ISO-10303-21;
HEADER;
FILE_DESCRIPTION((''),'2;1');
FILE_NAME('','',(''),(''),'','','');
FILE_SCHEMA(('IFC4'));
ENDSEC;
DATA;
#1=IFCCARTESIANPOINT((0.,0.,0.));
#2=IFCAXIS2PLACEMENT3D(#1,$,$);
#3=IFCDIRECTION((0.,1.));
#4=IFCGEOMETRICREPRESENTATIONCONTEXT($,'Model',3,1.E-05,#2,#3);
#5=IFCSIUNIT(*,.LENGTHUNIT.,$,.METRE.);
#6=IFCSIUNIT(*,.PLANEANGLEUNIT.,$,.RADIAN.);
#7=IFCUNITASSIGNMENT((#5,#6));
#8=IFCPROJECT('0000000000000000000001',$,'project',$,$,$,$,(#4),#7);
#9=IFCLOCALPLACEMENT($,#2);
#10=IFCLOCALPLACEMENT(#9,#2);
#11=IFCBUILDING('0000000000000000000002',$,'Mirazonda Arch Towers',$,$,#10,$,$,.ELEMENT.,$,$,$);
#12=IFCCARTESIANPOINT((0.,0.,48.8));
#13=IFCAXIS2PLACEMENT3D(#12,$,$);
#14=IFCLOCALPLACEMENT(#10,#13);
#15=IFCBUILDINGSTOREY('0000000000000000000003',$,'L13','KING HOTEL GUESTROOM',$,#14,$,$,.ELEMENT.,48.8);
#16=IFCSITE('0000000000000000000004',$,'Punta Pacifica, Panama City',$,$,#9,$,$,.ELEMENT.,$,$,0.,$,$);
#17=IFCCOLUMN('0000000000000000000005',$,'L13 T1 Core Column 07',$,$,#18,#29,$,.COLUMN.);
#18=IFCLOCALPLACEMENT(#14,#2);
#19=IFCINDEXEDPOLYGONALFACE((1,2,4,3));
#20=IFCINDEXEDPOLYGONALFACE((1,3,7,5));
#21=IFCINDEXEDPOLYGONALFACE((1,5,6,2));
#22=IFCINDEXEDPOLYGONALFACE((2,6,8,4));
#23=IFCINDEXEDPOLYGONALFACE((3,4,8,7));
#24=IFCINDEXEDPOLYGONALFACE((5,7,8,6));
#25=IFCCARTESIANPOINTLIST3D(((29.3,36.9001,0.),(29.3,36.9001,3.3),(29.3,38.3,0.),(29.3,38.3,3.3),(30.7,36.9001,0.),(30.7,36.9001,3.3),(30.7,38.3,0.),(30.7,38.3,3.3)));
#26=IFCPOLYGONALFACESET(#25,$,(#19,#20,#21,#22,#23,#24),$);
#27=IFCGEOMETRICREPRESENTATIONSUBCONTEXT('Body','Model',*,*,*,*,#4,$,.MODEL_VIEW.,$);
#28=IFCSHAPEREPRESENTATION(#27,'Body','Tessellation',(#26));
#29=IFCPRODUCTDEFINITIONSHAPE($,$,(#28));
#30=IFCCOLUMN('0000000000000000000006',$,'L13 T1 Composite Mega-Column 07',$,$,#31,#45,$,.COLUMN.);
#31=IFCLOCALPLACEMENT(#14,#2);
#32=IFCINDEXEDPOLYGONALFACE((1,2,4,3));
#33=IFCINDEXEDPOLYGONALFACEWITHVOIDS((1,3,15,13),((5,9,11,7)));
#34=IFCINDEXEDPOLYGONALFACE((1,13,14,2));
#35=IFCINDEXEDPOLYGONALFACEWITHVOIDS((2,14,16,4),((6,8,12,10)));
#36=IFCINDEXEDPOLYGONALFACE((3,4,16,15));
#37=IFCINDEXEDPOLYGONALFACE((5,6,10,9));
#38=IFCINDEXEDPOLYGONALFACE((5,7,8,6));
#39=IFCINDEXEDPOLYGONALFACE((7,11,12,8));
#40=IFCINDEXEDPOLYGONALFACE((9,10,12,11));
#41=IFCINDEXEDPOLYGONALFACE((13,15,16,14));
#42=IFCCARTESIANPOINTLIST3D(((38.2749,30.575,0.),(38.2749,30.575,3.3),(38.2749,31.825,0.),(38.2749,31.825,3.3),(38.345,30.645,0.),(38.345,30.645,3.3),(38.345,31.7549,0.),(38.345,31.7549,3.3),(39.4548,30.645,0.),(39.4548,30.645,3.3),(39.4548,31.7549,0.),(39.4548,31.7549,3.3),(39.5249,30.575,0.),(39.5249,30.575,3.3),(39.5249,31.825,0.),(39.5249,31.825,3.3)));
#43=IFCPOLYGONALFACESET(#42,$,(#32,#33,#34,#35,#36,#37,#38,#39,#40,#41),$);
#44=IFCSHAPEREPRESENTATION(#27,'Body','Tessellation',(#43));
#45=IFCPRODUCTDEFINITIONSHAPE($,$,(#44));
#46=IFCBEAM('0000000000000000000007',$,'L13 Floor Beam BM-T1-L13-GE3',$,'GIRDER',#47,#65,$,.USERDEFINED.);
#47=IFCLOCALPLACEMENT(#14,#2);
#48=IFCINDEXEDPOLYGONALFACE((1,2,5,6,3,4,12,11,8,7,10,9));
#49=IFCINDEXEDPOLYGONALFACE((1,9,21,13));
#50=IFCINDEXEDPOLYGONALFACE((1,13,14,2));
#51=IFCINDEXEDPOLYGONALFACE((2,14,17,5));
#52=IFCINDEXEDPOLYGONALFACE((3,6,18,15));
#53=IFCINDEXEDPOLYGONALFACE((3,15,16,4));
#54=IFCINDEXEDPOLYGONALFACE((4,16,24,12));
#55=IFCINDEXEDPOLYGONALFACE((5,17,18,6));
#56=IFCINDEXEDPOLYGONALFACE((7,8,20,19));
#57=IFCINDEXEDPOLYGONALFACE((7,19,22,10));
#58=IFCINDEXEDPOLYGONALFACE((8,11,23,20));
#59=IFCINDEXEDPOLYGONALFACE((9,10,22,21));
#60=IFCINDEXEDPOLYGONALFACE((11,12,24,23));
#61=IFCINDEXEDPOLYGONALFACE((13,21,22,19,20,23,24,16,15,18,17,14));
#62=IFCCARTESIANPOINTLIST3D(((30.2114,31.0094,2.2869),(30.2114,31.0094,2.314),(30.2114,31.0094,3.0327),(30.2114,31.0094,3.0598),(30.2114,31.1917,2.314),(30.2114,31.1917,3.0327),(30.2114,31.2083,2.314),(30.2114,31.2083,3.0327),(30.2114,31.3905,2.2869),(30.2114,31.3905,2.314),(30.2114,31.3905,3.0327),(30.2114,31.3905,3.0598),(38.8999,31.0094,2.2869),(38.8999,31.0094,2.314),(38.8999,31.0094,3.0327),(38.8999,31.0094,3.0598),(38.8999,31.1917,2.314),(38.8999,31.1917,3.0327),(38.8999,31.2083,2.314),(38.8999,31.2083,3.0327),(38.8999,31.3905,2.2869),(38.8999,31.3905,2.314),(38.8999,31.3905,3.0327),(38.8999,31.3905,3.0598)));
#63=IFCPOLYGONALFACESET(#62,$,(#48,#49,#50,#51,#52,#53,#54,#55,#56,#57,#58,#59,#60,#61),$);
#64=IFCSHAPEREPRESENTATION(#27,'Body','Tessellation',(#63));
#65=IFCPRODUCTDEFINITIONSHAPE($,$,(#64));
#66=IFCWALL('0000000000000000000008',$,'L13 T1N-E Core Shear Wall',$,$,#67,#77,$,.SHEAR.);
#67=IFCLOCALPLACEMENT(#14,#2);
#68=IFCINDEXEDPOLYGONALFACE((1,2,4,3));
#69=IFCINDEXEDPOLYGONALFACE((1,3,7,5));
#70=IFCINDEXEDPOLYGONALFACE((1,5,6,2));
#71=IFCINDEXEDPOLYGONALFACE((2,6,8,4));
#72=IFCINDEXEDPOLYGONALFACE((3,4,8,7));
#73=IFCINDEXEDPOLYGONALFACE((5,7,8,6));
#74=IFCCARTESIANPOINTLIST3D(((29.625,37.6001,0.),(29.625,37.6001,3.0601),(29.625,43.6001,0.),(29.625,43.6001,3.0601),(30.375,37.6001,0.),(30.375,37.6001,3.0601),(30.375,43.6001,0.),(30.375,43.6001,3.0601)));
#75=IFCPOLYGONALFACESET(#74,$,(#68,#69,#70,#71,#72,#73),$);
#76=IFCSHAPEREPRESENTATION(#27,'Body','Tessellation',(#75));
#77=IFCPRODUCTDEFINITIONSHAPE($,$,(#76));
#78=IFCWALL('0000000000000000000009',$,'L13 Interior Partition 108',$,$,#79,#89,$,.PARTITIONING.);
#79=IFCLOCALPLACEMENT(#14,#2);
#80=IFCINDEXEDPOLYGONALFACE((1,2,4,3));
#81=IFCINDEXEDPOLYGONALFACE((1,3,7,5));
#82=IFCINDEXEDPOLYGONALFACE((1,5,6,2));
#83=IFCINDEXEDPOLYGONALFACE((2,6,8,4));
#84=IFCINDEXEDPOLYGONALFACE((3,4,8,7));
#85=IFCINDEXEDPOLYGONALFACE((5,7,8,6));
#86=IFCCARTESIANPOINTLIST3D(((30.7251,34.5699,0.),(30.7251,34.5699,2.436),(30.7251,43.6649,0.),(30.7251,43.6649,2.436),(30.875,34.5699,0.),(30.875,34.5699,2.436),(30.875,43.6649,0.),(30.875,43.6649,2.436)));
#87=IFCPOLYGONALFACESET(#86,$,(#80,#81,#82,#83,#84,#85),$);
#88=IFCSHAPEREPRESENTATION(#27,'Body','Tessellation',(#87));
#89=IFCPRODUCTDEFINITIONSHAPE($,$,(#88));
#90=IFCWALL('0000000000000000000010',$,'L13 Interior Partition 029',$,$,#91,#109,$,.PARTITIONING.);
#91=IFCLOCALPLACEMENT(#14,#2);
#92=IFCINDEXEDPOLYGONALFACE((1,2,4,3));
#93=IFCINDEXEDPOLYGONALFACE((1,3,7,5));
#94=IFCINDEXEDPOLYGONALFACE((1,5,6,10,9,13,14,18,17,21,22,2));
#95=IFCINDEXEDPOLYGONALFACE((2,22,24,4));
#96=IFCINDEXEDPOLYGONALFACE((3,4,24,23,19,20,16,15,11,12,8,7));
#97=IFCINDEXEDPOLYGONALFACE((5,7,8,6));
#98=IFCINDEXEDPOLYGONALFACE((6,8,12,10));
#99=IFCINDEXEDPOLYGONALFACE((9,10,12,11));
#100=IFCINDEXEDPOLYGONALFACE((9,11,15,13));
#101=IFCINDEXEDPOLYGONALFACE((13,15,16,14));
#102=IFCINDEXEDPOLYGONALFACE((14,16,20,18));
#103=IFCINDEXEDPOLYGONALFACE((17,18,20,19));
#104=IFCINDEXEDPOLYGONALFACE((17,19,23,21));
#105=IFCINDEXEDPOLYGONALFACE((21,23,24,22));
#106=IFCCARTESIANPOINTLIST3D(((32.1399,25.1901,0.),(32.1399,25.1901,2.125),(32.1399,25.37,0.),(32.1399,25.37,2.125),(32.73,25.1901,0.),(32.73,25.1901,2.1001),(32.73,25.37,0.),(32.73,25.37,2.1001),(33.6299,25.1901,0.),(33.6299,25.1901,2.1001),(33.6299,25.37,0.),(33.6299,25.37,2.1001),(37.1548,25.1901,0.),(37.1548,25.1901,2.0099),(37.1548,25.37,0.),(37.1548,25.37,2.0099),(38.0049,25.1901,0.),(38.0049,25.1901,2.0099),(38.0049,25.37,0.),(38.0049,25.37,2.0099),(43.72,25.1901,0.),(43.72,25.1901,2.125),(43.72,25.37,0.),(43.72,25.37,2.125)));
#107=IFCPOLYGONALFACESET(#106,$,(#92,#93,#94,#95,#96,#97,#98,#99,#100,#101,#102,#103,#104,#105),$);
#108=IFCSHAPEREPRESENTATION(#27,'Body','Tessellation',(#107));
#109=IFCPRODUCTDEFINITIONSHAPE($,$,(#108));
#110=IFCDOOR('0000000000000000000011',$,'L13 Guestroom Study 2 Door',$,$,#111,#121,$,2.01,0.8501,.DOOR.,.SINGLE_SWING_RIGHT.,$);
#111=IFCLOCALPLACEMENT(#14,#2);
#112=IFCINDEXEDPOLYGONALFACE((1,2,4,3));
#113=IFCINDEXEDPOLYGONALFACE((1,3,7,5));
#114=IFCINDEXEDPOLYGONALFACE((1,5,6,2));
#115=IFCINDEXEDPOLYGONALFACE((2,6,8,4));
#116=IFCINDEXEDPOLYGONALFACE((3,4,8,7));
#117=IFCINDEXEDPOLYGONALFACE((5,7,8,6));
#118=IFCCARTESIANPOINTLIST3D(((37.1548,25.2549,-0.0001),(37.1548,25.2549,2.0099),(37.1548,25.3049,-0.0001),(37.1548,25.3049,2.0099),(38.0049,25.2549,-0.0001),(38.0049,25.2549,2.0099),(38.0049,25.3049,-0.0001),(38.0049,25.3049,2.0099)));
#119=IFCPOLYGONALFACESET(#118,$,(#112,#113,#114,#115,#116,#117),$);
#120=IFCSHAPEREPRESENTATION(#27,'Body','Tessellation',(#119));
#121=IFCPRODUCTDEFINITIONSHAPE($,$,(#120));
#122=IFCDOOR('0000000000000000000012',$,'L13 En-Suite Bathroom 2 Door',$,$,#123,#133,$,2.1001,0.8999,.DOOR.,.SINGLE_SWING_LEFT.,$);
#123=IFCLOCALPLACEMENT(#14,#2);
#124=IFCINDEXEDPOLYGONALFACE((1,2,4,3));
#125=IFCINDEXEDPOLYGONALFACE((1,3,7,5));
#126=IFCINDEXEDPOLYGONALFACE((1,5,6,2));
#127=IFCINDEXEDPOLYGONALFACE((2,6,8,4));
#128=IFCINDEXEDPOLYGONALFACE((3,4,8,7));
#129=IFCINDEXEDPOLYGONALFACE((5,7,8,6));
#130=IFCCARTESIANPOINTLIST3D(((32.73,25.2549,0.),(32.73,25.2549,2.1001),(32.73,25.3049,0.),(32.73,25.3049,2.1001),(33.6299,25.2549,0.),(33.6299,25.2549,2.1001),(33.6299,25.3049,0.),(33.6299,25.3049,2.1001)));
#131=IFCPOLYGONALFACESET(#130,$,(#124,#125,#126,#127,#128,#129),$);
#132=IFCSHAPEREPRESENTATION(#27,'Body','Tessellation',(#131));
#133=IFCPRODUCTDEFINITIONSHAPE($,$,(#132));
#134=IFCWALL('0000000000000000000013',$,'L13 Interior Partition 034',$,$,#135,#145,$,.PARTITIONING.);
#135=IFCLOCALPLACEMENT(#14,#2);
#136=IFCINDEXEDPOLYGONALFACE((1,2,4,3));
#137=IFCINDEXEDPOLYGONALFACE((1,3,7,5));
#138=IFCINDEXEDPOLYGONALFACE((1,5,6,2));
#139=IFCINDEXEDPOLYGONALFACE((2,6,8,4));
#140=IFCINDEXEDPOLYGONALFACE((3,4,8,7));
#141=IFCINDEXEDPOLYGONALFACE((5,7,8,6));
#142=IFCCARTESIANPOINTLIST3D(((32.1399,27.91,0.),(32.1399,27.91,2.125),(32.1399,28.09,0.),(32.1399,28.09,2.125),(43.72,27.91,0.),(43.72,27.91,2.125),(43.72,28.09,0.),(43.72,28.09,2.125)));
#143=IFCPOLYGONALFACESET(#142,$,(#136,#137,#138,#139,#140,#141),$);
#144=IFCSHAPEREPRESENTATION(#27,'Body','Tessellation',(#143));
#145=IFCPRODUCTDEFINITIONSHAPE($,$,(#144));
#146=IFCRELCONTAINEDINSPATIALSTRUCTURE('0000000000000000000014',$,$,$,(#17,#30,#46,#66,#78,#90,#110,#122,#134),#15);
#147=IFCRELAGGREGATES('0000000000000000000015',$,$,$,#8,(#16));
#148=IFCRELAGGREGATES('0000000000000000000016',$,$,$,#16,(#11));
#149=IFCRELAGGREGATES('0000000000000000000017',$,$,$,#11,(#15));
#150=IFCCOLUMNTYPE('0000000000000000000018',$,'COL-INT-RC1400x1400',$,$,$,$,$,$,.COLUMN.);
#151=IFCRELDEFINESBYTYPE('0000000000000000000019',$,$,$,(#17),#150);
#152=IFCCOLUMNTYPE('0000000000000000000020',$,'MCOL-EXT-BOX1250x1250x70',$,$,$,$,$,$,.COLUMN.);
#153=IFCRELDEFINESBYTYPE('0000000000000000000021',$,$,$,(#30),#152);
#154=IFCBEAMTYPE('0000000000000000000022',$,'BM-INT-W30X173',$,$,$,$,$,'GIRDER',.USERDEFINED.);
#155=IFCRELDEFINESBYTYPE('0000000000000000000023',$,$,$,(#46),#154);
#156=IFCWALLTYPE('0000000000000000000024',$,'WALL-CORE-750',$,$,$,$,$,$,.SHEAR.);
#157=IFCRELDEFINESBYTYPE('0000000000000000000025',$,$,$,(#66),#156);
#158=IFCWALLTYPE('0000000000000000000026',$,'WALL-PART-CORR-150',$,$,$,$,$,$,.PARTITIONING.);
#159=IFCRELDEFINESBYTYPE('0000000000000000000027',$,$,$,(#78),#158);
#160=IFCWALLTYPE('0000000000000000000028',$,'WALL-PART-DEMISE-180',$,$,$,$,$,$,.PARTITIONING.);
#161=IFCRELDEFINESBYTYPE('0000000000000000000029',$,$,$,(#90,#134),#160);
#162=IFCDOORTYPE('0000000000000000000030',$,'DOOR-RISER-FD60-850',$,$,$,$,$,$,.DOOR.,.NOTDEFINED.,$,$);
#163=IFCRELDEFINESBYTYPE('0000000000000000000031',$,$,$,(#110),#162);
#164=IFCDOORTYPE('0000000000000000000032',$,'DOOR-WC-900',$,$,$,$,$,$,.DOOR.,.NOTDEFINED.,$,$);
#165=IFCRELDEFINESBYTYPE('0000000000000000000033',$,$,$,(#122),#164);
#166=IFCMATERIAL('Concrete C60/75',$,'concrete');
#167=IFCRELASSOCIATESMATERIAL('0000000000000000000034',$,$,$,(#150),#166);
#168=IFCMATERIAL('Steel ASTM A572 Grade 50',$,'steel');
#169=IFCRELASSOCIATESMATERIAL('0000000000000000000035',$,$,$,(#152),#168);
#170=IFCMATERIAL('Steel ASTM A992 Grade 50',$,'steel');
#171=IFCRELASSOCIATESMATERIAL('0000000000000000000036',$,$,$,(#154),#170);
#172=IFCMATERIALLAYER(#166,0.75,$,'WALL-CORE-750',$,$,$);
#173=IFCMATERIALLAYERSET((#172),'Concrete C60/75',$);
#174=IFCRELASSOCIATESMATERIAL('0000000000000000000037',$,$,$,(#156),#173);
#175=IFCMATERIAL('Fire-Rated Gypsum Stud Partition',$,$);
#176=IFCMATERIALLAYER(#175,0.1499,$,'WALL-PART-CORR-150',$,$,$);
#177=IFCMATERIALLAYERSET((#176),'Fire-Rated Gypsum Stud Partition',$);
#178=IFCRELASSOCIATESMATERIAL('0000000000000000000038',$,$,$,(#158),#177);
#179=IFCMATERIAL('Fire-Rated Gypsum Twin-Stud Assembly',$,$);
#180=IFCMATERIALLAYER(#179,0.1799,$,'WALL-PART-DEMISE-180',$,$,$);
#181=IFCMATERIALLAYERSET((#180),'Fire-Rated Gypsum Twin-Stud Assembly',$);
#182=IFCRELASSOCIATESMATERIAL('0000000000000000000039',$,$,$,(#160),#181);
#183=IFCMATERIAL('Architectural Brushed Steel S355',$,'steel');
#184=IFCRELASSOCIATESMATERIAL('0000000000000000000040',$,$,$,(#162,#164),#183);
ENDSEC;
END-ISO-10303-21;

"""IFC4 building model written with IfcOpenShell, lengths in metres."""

from ifc_helpers import new_model, si_unit, direction, frame, frame_2d, origin, origin_2d, place, context, subcontext, project, spatial, rectangle, hollow_rectangle, i_section, extrude, material, layer, layer_set, material_profile, profile_set, type_object, element, fill, save


model = new_model("IFC4")

# Units and contexts
model_context = context("Model", 3, precision=1e-05, world=origin(), true_north=direction((0.0, 1.0)))
body_context = subcontext(model_context, "Body", "Model", "MODEL_VIEW")
ifc_project = project(units=[si_unit("LENGTHUNIT", "METRE"), si_unit("PLANEANGLEUNIT", "RADIAN")], contexts=[model_context])

# Site, building, storey
site_placement = place(None, origin())
site = spatial("IfcSite", under=ifc_project, at=site_placement, Name="Punta Pacifica, Panama City", CompositionType="ELEMENT", RefElevation=0.0)
building_placement = place(site_placement, origin())
building = spatial("IfcBuilding", under=site, at=building_placement, Name="Mirazonda Arch Towers", CompositionType="ELEMENT")
storey_placement = place(building_placement, frame((0.0, 0.0, 48.8)))
storey = spatial("IfcBuildingStorey", under=building, at=storey_placement, Name="L13", Description="KING HOTEL GUESTROOM", CompositionType="ELEMENT", Elevation=48.8)

# Columns
ifc_material_1 = material(Name="Concrete C60/75", Category="concrete")
ifc_material_profile_1 = material_profile(ifc_material_1, rectangle(XDim=1.3999, YDim=1.3999, at=origin_2d()), Name="RC1400x1400")
ifc_profile_set_1 = profile_set([ifc_material_profile_1], Name="Concrete C60/75")
column_type_1 = type_object("IfcColumnType", Name="COL-INT-RC1400x1400", PredefinedType="COLUMN", material=ifc_profile_set_1)
column_1_placement = place(storey_placement, frame((30.0, 37.6001, 0.0), z_axis=(0.0, 0.0, 1.0), x_axis=(1.0, 0.0, 0.0)))
element("IfcColumn", 1, at=column_1_placement, inside=storey, type_object=column_type_1, Name="L13 T1 Core Column 07", PredefinedType="COLUMN", context=body_context, shape_type="SweptSolid", body=[
    extrude(rectangle(XDim=1.3999, YDim=1.3999, at=origin_2d()), origin(), (0.0, 0.0, 1.0), 3.3),
])
ifc_material_2 = material(Name="Steel ASTM A572 Grade 50", Category="steel")
ifc_material_profile_2 = material_profile(ifc_material_2, hollow_rectangle(XDim=1.25, YDim=1.25, WallThickness=0.0701, at=origin_2d()), Name="BOX1250x1250x70")
ifc_profile_set_2 = profile_set([ifc_material_profile_2], Name="Steel ASTM A572 Grade 50")
column_type_2 = type_object("IfcColumnType", Name="MCOL-EXT-BOX1250x1250x70", PredefinedType="COLUMN", material=ifc_profile_set_2)
column_2_placement = place(storey_placement, frame((38.8999, 31.2, 0.0), z_axis=(0.0, 0.0, 1.0), x_axis=(1.0, 0.0, 0.0)))
element("IfcColumn", 2, at=column_2_placement, inside=storey, type_object=column_type_2, Name="L13 T1 Composite Mega-Column 07", PredefinedType="COLUMN", context=body_context, shape_type="SweptSolid", body=[
    extrude(hollow_rectangle(XDim=1.25, YDim=1.25, WallThickness=0.0701, at=origin_2d()), origin(), (0.0, 0.0, 1.0), 3.3),
])

# Beam
ifc_material_3 = material(Name="Steel ASTM A992 Grade 50", Category="steel")
ifc_material_profile_3 = material_profile(ifc_material_3, i_section(OverallWidth=0.3811, OverallDepth=0.7729, WebThickness=0.0166, FlangeThickness=0.0271, at=origin_2d()), Name="W30X173")
ifc_profile_set_3 = profile_set([ifc_material_profile_3], Name="Steel ASTM A992 Grade 50")
beam_type = type_object("IfcBeamType", Name="BM-INT-W30X173", ElementType="GIRDER", PredefinedType="USERDEFINED", material=ifc_profile_set_3)
beam_placement = place(storey_placement, frame((30.2114, 31.2, 2.6733), z_axis=(1.0, 0.0, 0.0), x_axis=(0.0, 1.0, 0.0)))
element("IfcBeam", 3, at=beam_placement, inside=storey, type_object=beam_type, Name="L13 Floor Beam BM-T1-L13-GE3", ObjectType="GIRDER", PredefinedType="USERDEFINED", context=body_context, shape_type="SweptSolid", body=[
    extrude(i_section(OverallWidth=0.3811, OverallDepth=0.7729, WebThickness=0.0166, FlangeThickness=0.0271, at=origin_2d()), origin(), (0.0, 0.0, 1.0), 8.6885),
])

# Walls
ifc_layer_1 = layer(ifc_material_1, 0.75, Name="WALL-CORE-750")
ifc_layer_set_1 = layer_set([ifc_layer_1], Name="Concrete C60/75")
wall_type_1 = type_object("IfcWallType", Name="WALL-CORE-750", PredefinedType="SHEAR", material=ifc_layer_set_1)
wall_1_placement = place(storey_placement, frame((30.0, 37.6001, 0.0), z_axis=(0.0, 0.0, 1.0), x_axis=(0.0, 1.0, 0.0)))
element("IfcWall", 4, at=wall_1_placement, inside=storey, type_object=wall_type_1, Name="L13 T1N-E Core Shear Wall", PredefinedType="SHEAR", context=body_context, shape_type="SweptSolid", body=[
    extrude(rectangle(XDim=6.0, YDim=0.75, at=frame_2d((3.0, 0.0))), origin(), (0.0, 0.0, 1.0), 3.0601),
])
ifc_material_4 = material(Name="Fire-Rated Gypsum Stud Partition")
ifc_layer_2 = layer(ifc_material_4, 0.1499, Name="WALL-PART-CORR-150")
ifc_layer_set_2 = layer_set([ifc_layer_2], Name="Fire-Rated Gypsum Stud Partition")
wall_type_2 = type_object("IfcWallType", Name="WALL-PART-CORR-150", PredefinedType="PARTITIONING", material=ifc_layer_set_2)
wall_2_placement = place(storey_placement, frame((30.8, 34.5701, 0.0), z_axis=(0.0, 0.0, 1.0), x_axis=(0.0, 1.0, 0.0)))
element("IfcWall", 5, at=wall_2_placement, inside=storey, type_object=wall_type_2, Name="L13 Interior Partition 108", PredefinedType="PARTITIONING", context=body_context, shape_type="SweptSolid", body=[
    extrude(rectangle(XDim=9.095, YDim=0.1499, at=frame_2d((4.5474, 0.0))), origin(), (0.0, 0.0, 1.0), 2.436),
])

# Wall, openings, doors
ifc_material_5 = material(Name="Fire-Rated Gypsum Twin-Stud Assembly")
ifc_layer_3 = layer(ifc_material_5, 0.1799, Name="WALL-PART-DEMISE-180")
ifc_layer_set_3 = layer_set([ifc_layer_3], Name="Fire-Rated Gypsum Twin-Stud Assembly")
wall_type_3 = type_object("IfcWallType", Name="WALL-PART-DEMISE-180", PredefinedType="PARTITIONING", material=ifc_layer_set_3)
wall_3_placement = place(storey_placement, frame((32.1399, 25.28, 0.0), z_axis=(0.0, 0.0, 1.0), x_axis=(1.0, 0.0, 0.0)))
wall_3 = element("IfcWall", 6, at=wall_3_placement, inside=storey, type_object=wall_type_3, Name="L13 Interior Partition 029", PredefinedType="PARTITIONING", context=body_context, shape_type="SweptSolid", body=[
    extrude(rectangle(XDim=11.5801, YDim=0.1799, at=frame_2d((5.79, 0.0))), origin(), (0.0, 0.0, 1.0), 2.125),
])
opening_1_placement = place(wall_3_placement, frame((5.0149, 0.0, 0.0)))
opening_1 = element("IfcOpeningElement", 7, at=opening_1_placement, cuts=wall_3, PredefinedType="OPENING", context=body_context, shape_type="SweptSolid", body=[
    extrude(rectangle(XDim=0.8501, YDim=2.01, at=frame_2d((0.425, 1.0049))), frame((0.0, 0.0999, 0.0), z_axis=(0.0, -1.0, 0.0), x_axis=(1.0, 0.0, 0.0)), (0.0, 0.0, 1.0), 0.2),
])
opening_2_placement = place(wall_3_placement, frame((0.5901, 0.0, 0.0)))
opening_2 = element("IfcOpeningElement", 8, at=opening_2_placement, cuts=wall_3, PredefinedType="OPENING", context=body_context, shape_type="SweptSolid", body=[
    extrude(rectangle(XDim=0.8999, YDim=2.1001, at=frame_2d((0.45, 1.05))), frame((0.0, 0.0999, 0.0), z_axis=(0.0, -1.0, 0.0), x_axis=(1.0, 0.0, 0.0)), (0.0, 0.0, 1.0), 0.2),
])
ifc_material_6 = material(Name="Architectural Brushed Steel S355", Category="steel")
door_type_1 = type_object("IfcDoorType", Name="DOOR-RISER-FD60-850", OperationType="NOTDEFINED", PredefinedType="DOOR", material=ifc_material_6)
door_1_placement = place(opening_1_placement, origin())
door_1 = element("IfcDoor", 9, at=door_1_placement, inside=storey, type_object=door_type_1, Name="L13 Guestroom Study 2 Door", OperationType="SINGLE_SWING_RIGHT", OverallHeight=2.01, OverallWidth=0.8501, PredefinedType="DOOR", context=body_context, shape_type="SweptSolid", body=[
    extrude(rectangle(XDim=0.8501, YDim=2.01, at=frame_2d((0.425, 1.0049))), frame((0.0, 0.0249, 0.0), z_axis=(0.0, -1.0, 0.0), x_axis=(1.0, 0.0, 0.0)), (0.0, 0.0, 1.0), 0.05),
])
fill(opening_1, door_1)
door_type_2 = type_object("IfcDoorType", Name="DOOR-WC-900", OperationType="NOTDEFINED", PredefinedType="DOOR", material=ifc_material_6)
door_2_placement = place(opening_2_placement, origin())
door_2 = element("IfcDoor", 10, at=door_2_placement, inside=storey, type_object=door_type_2, Name="L13 En-Suite Bathroom 2 Door", OperationType="SINGLE_SWING_LEFT", OverallHeight=2.1001, OverallWidth=0.8999, PredefinedType="DOOR", context=body_context, shape_type="SweptSolid", body=[
    extrude(rectangle(XDim=0.8999, YDim=2.1001, at=frame_2d((0.45, 1.05))), frame((0.0, 0.0249, 0.0), z_axis=(0.0, -1.0, 0.0), x_axis=(1.0, 0.0, 0.0)), (0.0, 0.0, 1.0), 0.05),
])
fill(opening_2, door_2)

# Wall
wall_4_placement = place(storey_placement, frame((32.1399, 28.0, 0.0), z_axis=(0.0, 0.0, 1.0), x_axis=(1.0, 0.0, 0.0)))
element("IfcWall", 11, at=wall_4_placement, inside=storey, type_object=wall_type_3, Name="L13 Interior Partition 034", PredefinedType="PARTITIONING", context=body_context, shape_type="SweptSolid", body=[
    extrude(rectangle(XDim=11.5801, YDim=0.1799, at=frame_2d((5.79, 0.0))), origin(), (0.0, 0.0, 1.0), 2.125),
])

save(model, "model.ifc")
